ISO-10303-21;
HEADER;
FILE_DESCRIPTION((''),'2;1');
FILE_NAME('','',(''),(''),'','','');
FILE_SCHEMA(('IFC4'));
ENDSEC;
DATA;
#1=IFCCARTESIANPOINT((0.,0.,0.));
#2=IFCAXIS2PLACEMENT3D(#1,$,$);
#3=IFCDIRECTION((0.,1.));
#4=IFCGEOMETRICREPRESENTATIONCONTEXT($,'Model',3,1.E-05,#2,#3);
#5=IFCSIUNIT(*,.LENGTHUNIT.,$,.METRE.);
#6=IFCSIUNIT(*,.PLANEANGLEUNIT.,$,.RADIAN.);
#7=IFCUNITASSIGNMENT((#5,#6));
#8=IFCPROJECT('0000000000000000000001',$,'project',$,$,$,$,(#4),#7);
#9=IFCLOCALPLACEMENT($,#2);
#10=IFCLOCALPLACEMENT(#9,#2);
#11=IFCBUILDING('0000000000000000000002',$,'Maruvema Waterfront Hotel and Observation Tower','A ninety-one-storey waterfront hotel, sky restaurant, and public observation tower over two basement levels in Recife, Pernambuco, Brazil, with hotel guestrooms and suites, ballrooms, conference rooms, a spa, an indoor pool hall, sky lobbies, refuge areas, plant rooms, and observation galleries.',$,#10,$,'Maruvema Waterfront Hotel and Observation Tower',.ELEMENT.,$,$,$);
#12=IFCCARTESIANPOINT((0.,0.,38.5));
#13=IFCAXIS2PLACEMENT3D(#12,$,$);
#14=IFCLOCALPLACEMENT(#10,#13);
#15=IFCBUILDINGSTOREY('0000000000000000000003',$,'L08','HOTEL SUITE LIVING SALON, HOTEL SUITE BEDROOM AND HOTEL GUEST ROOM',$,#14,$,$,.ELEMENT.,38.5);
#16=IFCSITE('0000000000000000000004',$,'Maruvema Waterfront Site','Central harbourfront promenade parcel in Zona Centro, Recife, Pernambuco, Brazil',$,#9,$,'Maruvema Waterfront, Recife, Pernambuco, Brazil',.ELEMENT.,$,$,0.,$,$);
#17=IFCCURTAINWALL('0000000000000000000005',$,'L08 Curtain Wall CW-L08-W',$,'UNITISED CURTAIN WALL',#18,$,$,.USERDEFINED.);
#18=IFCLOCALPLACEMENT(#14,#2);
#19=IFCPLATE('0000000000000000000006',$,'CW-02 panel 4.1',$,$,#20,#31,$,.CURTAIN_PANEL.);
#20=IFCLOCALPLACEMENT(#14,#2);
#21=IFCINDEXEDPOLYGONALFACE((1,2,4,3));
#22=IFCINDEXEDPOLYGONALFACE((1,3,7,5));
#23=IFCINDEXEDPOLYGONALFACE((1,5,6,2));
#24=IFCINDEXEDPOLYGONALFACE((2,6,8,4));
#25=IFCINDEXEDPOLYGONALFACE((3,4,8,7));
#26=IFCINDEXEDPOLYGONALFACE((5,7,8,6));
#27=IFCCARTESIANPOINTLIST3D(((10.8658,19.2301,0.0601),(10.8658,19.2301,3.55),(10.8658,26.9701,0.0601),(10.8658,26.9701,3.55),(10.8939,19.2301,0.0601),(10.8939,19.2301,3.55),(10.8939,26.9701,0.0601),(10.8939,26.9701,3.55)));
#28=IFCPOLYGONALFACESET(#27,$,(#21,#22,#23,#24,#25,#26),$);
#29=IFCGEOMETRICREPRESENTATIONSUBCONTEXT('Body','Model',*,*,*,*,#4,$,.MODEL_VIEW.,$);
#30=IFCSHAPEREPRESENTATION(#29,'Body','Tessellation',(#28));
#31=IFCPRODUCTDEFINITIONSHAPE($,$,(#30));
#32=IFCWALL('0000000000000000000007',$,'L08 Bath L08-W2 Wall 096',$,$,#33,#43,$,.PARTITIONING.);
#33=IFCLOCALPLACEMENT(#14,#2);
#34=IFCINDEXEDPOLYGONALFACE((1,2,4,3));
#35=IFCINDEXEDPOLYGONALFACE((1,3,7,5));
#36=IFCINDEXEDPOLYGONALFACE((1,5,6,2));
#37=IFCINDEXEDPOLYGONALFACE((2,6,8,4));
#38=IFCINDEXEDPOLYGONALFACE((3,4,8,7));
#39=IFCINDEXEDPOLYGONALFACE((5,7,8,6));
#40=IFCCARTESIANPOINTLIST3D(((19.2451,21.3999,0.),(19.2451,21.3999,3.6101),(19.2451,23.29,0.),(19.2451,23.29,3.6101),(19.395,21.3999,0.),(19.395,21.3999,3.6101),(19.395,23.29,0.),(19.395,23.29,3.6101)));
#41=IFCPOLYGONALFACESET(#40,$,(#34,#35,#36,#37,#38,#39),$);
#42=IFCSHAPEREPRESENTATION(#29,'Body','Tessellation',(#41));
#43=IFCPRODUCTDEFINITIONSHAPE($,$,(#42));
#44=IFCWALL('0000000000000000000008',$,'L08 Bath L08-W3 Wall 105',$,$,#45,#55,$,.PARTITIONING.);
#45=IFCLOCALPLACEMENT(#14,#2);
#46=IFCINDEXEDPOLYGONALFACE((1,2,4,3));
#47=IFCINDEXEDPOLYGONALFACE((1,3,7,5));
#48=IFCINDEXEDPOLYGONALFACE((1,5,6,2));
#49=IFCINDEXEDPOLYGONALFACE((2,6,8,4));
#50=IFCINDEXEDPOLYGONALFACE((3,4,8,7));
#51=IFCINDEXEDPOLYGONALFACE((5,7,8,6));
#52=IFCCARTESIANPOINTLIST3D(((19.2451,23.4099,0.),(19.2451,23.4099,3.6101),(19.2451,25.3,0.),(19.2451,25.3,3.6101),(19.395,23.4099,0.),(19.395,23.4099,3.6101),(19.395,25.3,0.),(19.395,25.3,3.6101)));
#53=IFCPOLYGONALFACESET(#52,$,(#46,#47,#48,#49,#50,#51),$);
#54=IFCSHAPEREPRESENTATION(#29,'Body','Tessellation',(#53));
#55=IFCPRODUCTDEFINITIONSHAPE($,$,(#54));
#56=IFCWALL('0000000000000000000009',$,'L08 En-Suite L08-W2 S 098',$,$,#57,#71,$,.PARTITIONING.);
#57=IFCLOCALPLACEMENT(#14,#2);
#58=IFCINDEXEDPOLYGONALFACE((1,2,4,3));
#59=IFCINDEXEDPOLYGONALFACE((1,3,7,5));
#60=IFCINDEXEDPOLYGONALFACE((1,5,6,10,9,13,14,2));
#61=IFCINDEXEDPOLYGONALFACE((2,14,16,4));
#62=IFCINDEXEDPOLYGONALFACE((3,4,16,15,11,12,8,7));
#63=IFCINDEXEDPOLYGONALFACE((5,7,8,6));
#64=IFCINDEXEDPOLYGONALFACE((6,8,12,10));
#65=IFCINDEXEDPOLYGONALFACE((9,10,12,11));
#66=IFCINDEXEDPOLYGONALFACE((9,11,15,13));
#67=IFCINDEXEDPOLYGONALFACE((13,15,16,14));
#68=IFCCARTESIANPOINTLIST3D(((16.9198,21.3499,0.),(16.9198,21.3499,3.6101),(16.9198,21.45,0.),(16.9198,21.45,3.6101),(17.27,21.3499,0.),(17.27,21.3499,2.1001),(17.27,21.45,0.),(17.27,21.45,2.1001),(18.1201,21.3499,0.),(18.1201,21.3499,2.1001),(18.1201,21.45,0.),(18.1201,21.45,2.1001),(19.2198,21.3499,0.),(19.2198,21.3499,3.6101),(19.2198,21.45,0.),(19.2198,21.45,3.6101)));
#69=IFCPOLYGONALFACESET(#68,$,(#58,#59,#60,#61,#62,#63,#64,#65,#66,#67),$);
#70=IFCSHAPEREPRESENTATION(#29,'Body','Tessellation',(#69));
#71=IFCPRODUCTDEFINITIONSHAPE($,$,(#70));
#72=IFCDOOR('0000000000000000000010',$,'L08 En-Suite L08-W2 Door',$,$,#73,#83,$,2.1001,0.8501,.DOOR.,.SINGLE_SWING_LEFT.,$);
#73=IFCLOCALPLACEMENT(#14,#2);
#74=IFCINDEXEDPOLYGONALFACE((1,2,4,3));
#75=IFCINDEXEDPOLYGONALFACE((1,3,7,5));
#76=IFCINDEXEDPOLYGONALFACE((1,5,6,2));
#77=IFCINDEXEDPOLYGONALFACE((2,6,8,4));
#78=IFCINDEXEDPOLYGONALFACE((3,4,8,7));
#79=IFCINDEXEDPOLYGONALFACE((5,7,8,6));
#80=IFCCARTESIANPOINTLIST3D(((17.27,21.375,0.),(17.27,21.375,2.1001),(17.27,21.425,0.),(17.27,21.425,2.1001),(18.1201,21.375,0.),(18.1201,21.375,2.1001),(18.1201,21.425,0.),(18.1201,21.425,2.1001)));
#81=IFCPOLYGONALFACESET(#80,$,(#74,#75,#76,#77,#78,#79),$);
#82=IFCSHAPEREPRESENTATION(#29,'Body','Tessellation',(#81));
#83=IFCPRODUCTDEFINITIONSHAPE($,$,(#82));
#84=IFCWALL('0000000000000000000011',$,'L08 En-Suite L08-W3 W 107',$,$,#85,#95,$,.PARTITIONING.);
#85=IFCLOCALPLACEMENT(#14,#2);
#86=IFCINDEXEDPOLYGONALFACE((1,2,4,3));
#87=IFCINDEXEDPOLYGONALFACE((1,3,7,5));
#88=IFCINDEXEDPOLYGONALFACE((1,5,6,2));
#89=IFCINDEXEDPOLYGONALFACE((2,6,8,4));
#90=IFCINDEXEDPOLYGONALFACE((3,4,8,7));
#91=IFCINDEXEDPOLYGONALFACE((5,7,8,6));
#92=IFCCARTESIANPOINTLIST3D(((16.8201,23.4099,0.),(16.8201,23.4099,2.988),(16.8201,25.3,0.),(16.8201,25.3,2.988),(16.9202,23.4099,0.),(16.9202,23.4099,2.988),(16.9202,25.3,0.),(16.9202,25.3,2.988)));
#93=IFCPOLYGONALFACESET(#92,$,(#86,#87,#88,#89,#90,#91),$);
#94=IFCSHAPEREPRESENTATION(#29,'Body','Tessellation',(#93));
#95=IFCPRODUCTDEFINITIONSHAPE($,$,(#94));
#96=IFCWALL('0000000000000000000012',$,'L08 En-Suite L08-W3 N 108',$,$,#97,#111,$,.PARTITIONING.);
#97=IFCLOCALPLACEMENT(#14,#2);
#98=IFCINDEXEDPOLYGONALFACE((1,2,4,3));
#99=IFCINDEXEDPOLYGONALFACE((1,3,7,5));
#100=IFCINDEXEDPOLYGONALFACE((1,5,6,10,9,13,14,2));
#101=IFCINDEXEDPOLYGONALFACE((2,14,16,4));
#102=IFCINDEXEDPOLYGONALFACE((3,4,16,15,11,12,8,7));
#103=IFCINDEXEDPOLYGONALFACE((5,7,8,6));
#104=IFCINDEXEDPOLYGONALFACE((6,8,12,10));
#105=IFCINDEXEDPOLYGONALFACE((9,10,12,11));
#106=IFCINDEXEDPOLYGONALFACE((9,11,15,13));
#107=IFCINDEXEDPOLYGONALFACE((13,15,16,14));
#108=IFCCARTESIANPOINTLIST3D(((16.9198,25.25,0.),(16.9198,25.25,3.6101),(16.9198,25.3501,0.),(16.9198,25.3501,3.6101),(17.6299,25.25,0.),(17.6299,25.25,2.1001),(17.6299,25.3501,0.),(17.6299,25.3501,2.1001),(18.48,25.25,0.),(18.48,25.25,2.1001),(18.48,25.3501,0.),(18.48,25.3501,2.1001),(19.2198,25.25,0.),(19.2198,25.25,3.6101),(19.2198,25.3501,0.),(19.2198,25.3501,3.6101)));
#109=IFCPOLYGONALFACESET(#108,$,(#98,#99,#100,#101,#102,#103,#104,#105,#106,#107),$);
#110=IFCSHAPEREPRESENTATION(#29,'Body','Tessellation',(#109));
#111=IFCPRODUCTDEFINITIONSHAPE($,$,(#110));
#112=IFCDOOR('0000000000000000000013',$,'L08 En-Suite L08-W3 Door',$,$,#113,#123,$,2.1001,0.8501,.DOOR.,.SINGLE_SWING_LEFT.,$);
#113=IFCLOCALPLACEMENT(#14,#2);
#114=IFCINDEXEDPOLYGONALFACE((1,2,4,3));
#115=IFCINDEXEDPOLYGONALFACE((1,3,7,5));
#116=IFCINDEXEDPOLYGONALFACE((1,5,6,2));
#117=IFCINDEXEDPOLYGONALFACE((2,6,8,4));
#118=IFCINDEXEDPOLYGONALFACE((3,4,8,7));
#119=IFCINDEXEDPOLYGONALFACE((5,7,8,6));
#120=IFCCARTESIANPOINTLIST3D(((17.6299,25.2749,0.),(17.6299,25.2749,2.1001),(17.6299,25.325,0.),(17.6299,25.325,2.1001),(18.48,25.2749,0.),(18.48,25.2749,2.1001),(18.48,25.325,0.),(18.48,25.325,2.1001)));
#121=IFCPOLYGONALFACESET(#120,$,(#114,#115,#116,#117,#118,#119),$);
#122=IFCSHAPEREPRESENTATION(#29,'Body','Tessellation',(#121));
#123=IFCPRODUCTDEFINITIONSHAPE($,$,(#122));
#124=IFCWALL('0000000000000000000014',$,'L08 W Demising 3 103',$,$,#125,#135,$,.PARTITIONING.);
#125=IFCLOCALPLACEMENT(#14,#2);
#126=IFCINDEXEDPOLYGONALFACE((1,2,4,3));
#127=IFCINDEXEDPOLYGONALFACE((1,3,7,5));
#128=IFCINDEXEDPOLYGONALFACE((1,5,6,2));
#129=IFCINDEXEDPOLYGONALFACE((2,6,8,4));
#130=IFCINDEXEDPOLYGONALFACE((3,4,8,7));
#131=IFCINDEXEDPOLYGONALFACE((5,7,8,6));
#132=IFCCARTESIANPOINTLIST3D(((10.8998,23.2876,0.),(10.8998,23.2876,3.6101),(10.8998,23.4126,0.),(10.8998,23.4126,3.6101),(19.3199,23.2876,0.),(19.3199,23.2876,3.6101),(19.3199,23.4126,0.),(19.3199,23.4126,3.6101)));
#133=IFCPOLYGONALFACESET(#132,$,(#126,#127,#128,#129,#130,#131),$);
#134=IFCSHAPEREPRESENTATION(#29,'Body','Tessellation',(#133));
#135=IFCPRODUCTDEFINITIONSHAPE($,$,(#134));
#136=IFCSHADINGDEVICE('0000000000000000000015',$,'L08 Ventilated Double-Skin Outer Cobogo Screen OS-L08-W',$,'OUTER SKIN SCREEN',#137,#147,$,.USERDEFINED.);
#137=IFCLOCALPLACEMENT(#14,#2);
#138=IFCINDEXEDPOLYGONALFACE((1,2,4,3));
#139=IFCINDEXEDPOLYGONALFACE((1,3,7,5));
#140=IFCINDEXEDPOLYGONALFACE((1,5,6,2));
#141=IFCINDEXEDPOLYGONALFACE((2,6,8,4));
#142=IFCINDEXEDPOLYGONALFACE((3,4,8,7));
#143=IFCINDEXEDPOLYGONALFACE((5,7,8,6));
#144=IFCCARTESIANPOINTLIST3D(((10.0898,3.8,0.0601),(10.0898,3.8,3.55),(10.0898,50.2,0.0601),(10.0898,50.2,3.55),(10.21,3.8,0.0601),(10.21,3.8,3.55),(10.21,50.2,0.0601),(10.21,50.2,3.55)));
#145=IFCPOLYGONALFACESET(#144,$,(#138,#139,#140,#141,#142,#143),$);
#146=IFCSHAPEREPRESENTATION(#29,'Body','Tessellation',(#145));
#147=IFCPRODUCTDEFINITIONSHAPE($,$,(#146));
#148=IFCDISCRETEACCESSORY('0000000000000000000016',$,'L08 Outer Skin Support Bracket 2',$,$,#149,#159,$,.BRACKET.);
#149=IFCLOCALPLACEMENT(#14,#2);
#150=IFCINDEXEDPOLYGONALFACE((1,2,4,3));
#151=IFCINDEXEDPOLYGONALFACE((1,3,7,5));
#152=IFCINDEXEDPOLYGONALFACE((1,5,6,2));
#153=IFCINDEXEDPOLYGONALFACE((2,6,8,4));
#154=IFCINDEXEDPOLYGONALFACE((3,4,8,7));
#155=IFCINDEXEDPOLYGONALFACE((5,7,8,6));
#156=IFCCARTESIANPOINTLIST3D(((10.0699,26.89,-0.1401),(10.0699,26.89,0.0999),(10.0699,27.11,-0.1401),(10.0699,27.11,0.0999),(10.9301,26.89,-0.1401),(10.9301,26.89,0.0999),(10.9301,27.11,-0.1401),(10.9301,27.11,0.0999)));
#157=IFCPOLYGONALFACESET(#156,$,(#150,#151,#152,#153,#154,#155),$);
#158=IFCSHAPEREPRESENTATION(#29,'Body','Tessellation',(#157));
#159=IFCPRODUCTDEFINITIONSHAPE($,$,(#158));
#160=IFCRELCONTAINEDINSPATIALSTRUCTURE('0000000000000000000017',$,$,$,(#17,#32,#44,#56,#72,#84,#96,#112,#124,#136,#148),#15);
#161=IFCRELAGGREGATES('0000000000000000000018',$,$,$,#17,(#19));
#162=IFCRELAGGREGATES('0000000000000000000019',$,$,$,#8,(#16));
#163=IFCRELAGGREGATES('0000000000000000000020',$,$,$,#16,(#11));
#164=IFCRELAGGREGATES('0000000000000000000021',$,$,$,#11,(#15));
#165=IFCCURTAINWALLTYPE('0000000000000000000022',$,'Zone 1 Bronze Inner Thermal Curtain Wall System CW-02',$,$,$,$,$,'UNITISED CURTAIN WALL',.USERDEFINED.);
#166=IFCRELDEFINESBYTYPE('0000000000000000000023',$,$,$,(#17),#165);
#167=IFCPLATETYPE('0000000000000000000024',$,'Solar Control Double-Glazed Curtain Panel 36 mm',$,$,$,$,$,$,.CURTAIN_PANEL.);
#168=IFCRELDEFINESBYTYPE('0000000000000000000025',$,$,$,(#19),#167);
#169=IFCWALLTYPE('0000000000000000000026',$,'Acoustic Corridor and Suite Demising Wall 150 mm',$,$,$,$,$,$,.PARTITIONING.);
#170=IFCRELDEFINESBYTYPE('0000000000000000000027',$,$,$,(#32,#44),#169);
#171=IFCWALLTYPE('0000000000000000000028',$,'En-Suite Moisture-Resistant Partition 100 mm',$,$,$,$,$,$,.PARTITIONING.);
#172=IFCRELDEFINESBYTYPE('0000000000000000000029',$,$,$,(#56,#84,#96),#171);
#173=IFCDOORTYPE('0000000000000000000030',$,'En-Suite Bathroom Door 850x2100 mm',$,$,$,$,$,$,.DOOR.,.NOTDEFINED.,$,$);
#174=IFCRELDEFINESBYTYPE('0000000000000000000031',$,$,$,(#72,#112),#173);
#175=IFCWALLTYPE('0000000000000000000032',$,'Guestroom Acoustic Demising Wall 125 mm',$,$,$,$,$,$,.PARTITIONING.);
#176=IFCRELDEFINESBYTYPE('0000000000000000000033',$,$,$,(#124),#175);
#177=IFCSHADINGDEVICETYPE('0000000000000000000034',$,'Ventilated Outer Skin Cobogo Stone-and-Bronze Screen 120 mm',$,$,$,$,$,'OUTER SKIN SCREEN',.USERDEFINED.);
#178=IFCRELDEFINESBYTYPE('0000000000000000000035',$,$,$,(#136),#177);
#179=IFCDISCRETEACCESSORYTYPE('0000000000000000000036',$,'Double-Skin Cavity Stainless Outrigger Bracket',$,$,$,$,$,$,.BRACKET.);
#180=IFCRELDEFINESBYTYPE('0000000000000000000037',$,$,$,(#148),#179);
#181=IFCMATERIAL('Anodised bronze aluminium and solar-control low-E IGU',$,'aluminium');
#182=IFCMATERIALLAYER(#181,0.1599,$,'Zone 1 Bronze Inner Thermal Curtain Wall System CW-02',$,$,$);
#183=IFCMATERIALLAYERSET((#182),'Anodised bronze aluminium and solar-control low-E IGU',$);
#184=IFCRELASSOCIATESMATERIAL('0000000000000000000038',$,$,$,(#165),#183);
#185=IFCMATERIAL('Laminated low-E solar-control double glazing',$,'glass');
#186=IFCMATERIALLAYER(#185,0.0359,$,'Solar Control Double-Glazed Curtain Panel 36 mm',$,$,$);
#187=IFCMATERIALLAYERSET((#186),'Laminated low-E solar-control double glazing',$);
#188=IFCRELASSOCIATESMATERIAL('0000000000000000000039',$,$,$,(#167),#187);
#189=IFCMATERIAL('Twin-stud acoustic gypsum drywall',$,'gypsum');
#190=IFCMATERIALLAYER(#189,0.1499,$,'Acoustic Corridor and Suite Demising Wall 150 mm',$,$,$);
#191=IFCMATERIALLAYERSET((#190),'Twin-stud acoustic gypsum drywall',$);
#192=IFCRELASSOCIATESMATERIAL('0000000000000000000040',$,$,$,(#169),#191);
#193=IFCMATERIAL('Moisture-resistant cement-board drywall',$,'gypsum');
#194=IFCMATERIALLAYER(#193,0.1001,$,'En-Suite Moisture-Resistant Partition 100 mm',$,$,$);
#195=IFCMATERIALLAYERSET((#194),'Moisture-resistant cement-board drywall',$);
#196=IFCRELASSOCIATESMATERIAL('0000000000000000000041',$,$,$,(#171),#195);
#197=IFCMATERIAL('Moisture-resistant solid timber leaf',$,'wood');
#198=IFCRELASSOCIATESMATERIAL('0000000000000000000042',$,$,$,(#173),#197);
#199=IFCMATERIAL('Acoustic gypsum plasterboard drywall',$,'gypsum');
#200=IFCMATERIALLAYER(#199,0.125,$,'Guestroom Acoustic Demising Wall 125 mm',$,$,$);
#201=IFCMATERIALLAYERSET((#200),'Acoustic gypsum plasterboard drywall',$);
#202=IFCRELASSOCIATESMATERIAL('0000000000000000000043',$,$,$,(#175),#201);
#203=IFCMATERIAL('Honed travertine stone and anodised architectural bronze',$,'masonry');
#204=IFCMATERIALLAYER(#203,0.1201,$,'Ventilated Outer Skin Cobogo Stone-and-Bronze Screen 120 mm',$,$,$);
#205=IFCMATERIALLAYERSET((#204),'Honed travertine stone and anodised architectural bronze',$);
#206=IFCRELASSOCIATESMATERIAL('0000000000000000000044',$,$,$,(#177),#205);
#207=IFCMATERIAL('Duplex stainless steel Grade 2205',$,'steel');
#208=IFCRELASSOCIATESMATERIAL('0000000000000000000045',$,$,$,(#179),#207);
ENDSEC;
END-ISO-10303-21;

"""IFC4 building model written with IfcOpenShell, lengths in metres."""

from ifc_helpers import new_model, si_unit, direction, frame, frame_2d, origin, origin_2d, place, context, subcontext, project, spatial, rectangle, extrude, material, layer, layer_set, type_object, element, fill, aggregate, save


model = new_model("IFC4")

# Units and contexts
model_context = context("Model", 3, precision=1e-05, world=origin(), true_north=direction((0.0, 1.0)))
body_context = subcontext(model_context, "Body", "Model", "MODEL_VIEW")
ifc_project = project(units=[si_unit("LENGTHUNIT", "METRE"), si_unit("PLANEANGLEUNIT", "RADIAN")], contexts=[model_context])

# Site, building, storey
site_placement = place(None, origin())
site = spatial("IfcSite", under=ifc_project, at=site_placement, Name="Maruvema Waterfront Site", Description="Central harbourfront promenade parcel in Zona Centro, Recife, Pernambuco, Brazil", LongName="Maruvema Waterfront, Recife, Pernambuco, Brazil", CompositionType="ELEMENT", RefElevation=0.0)
building_placement = place(site_placement, origin())
building = spatial("IfcBuilding", under=site, at=building_placement, Name="Maruvema Waterfront Hotel and Observation Tower", Description="A ninety-one-storey waterfront hotel, sky restaurant, and public observation tower over two basement levels in Recife, Pernambuco, Brazil, with hotel guestrooms and suites, ballrooms, conference rooms, a spa, an indoor pool hall, sky lobbies, refuge areas, plant rooms, and observation galleries.", LongName="Maruvema Waterfront Hotel and Observation Tower", CompositionType="ELEMENT")
storey_placement = place(building_placement, frame((0.0, 0.0, 38.5)))
storey = spatial("IfcBuildingStorey", under=building, at=storey_placement, Name="L08", Description="HOTEL SUITE LIVING SALON, HOTEL SUITE BEDROOM AND HOTEL GUEST ROOM", CompositionType="ELEMENT", Elevation=38.5)

# Curtain wall
ifc_material_1 = material(Name="Anodised bronze aluminium and solar-control low-E IGU", Category="aluminium")
ifc_layer_1 = layer(ifc_material_1, 0.1599, Name="Zone 1 Bronze Inner Thermal Curtain Wall System CW-02")
ifc_layer_set_1 = layer_set([ifc_layer_1], Name="Anodised bronze aluminium and solar-control low-E IGU")
curtain_wall_type = type_object("IfcCurtainWallType", Name="Zone 1 Bronze Inner Thermal Curtain Wall System CW-02", ElementType="UNITISED CURTAIN WALL", PredefinedType="USERDEFINED", material=ifc_layer_set_1)
curtain_wall_placement = place(storey_placement, origin())
curtain_wall = element("IfcCurtainWall", 1, at=curtain_wall_placement, inside=storey, type_object=curtain_wall_type, Name="L08 Curtain Wall CW-L08-W", ObjectType="UNITISED CURTAIN WALL", PredefinedType="USERDEFINED")

# Plate
ifc_material_2 = material(Name="Laminated low-E solar-control double glazing", Category="glass")
ifc_layer_2 = layer(ifc_material_2, 0.0359, Name="Solar Control Double-Glazed Curtain Panel 36 mm")
ifc_layer_set_2 = layer_set([ifc_layer_2], Name="Laminated low-E solar-control double glazing")
plate_type = type_object("IfcPlateType", Name="Solar Control Double-Glazed Curtain Panel 36 mm", PredefinedType="CURTAIN_PANEL", material=ifc_layer_set_2)
plate_placement = place(storey_placement, frame((10.8799, 23.1001, 0.0601), z_axis=(0.0, 0.0, 1.0), x_axis=(0.0, -1.0, 0.0)))
plate = element("IfcPlate", 2, at=plate_placement, type_object=plate_type, Name="CW-02 panel 4.1", PredefinedType="CURTAIN_PANEL", context=body_context, shape_type="SweptSolid", body=[
    extrude(rectangle(XDim=7.74, YDim=0.0281, at=origin_2d()), origin(), (0.0, 0.0, 1.0), 3.49),
])
aggregate(curtain_wall, [plate])

# Walls
ifc_material_3 = material(Name="Twin-stud acoustic gypsum drywall", Category="gypsum")
ifc_layer_3 = layer(ifc_material_3, 0.1499, Name="Acoustic Corridor and Suite Demising Wall 150 mm")
ifc_layer_set_3 = layer_set([ifc_layer_3], Name="Twin-stud acoustic gypsum drywall")
wall_type_1 = type_object("IfcWallType", Name="Acoustic Corridor and Suite Demising Wall 150 mm", PredefinedType="PARTITIONING", material=ifc_layer_set_3)
for number, where, z_axis, x_axis, name in (
    (3, (19.3201, 21.3999, 0.0), (0.0, 0.0, 1.0), (0.0, 1.0, 0.0), "L08 Bath L08-W2 Wall 096"),
    (4, (19.3201, 23.4099, 0.0), (0.0, 0.0, 1.0), (0.0, 1.0, 0.0), "L08 Bath L08-W3 Wall 105"),
):
    element("IfcWall", number, at=place(storey_placement, frame(where, z_axis=z_axis, x_axis=x_axis)), inside=storey, type_object=wall_type_1, Name=name, PredefinedType="PARTITIONING", context=body_context, shape_type="SweptSolid", body=[
        extrude(rectangle(XDim=1.8901, YDim=0.1499, at=frame_2d((0.9451, 0.0))), origin(), (0.0, 0.0, 1.0), 3.6101),
    ])

# Wall, opening, door
ifc_material_4 = material(Name="Moisture-resistant cement-board drywall", Category="gypsum")
ifc_layer_4 = layer(ifc_material_4, 0.1001, Name="En-Suite Moisture-Resistant Partition 100 mm")
ifc_layer_set_4 = layer_set([ifc_layer_4], Name="Moisture-resistant cement-board drywall")
wall_type_2 = type_object("IfcWallType", Name="En-Suite Moisture-Resistant Partition 100 mm", PredefinedType="PARTITIONING", material=ifc_layer_set_4)
wall_1_placement = place(storey_placement, frame((16.9199, 21.3999, 0.0), z_axis=(0.0, 0.0, 1.0), x_axis=(1.0, 0.0, 0.0)))
wall_1 = element("IfcWall", 5, at=wall_1_placement, inside=storey, type_object=wall_type_2, Name="L08 En-Suite L08-W2 S 098", PredefinedType="PARTITIONING", context=body_context, shape_type="SweptSolid", body=[
    extrude(rectangle(XDim=2.3, YDim=0.1001, at=frame_2d((1.1499, 0.0))), origin(), (0.0, 0.0, 1.0), 3.6101),
])
opening_1_placement = place(wall_1_placement, frame((0.3501, 0.0, 0.0)))
opening_1 = element("IfcOpeningElement", 6, at=opening_1_placement, cuts=wall_1, PredefinedType="OPENING", context=body_context, shape_type="SweptSolid", body=[
    extrude(rectangle(XDim=0.8501, YDim=2.1001, at=frame_2d((0.425, 1.05))), frame((0.0, 0.0601, 0.0), z_axis=(0.0, -1.0, 0.0), x_axis=(1.0, 0.0, 0.0)), (0.0, 0.0, 1.0), 0.1201),
])
ifc_material_5 = material(Name="Moisture-resistant solid timber leaf", Category="wood")
door_type = type_object("IfcDoorType", Name="En-Suite Bathroom Door 850x2100 mm", OperationType="NOTDEFINED", PredefinedType="DOOR", material=ifc_material_5)
door_1_placement = place(opening_1_placement, frame((0.8501, 0.0, 0.0), z_axis=(0.0, 0.0, 1.0), x_axis=(-1.0, 0.0, 0.0)))
door_1 = element("IfcDoor", 7, at=door_1_placement, inside=storey, type_object=door_type, Name="L08 En-Suite L08-W2 Door", OperationType="SINGLE_SWING_LEFT", OverallHeight=2.1001, OverallWidth=0.8501, PredefinedType="DOOR", context=body_context, shape_type="SweptSolid", body=[
    extrude(rectangle(XDim=0.8501, YDim=2.1001, at=frame_2d((0.425, 1.05))), frame((0.0, 0.0249, 0.0), z_axis=(0.0, -1.0, 0.0), x_axis=(1.0, 0.0, 0.0)), (0.0, 0.0, 1.0), 0.05),
])
fill(opening_1, door_1)

# Wall
wall_2_placement = place(storey_placement, frame((16.8701, 23.4099, 0.0), z_axis=(0.0, 0.0, 1.0), x_axis=(0.0, 1.0, 0.0)))
element("IfcWall", 8, at=wall_2_placement, inside=storey, type_object=wall_type_2, Name="L08 En-Suite L08-W3 W 107", PredefinedType="PARTITIONING", context=body_context, shape_type="SweptSolid", body=[
    extrude(rectangle(XDim=1.8901, YDim=0.1001, at=frame_2d((0.9451, 0.0))), origin(), (0.0, 0.0, 1.0), 2.988),
])

# Wall, opening, door
wall_3_placement = place(storey_placement, frame((16.9199, 25.3, 0.0), z_axis=(0.0, 0.0, 1.0), x_axis=(1.0, 0.0, 0.0)))
wall_3 = element("IfcWall", 9, at=wall_3_placement, inside=storey, type_object=wall_type_2, Name="L08 En-Suite L08-W3 N 108", PredefinedType="PARTITIONING", context=body_context, shape_type="SweptSolid", body=[
    extrude(rectangle(XDim=2.3, YDim=0.1001, at=frame_2d((1.1499, 0.0))), origin(), (0.0, 0.0, 1.0), 3.6101),
])
opening_2_placement = place(wall_3_placement, frame((0.71, 0.0, 0.0)))
opening_2 = element("IfcOpeningElement", 10, at=opening_2_placement, cuts=wall_3, PredefinedType="OPENING", context=body_context, shape_type="SweptSolid", body=[
    extrude(rectangle(XDim=0.8501, YDim=2.1001, at=frame_2d((0.425, 1.05))), frame((0.0, 0.0601, 0.0), z_axis=(0.0, -1.0, 0.0), x_axis=(1.0, 0.0, 0.0)), (0.0, 0.0, 1.0), 0.1201),
])
door_2_placement = place(opening_2_placement, origin())
door_2 = element("IfcDoor", 11, at=door_2_placement, inside=storey, type_object=door_type, Name="L08 En-Suite L08-W3 Door", OperationType="SINGLE_SWING_LEFT", OverallHeight=2.1001, OverallWidth=0.8501, PredefinedType="DOOR", context=body_context, shape_type="SweptSolid", body=[
    extrude(rectangle(XDim=0.8501, YDim=2.1001, at=frame_2d((0.425, 1.05))), frame((0.0, 0.0249, 0.0), z_axis=(0.0, -1.0, 0.0), x_axis=(1.0, 0.0, 0.0)), (0.0, 0.0, 1.0), 0.05),
])
fill(opening_2, door_2)

# Wall
ifc_material_6 = material(Name="Acoustic gypsum plasterboard drywall", Category="gypsum")
ifc_layer_5 = layer(ifc_material_6, 0.125, Name="Guestroom Acoustic Demising Wall 125 mm")
ifc_layer_set_5 = layer_set([ifc_layer_5], Name="Acoustic gypsum plasterboard drywall")
wall_type_3 = type_object("IfcWallType", Name="Guestroom Acoustic Demising Wall 125 mm", PredefinedType="PARTITIONING", material=ifc_layer_set_5)
wall_4_placement = place(storey_placement, frame((10.8999, 23.3501, 0.0), z_axis=(0.0, 0.0, 1.0), x_axis=(1.0, 0.0, 0.0)))
element("IfcWall", 12, at=wall_4_placement, inside=storey, type_object=wall_type_3, Name="L08 W Demising 3 103", PredefinedType="PARTITIONING", context=body_context, shape_type="SweptSolid", body=[
    extrude(rectangle(XDim=8.4202, YDim=0.125, at=frame_2d((4.21, 0.0))), origin(), (0.0, 0.0, 1.0), 3.6101),
])

# Shading device
ifc_material_7 = material(Name="Honed travertine stone and anodised architectural bronze", Category="masonry")
ifc_layer_6 = layer(ifc_material_7, 0.1201, Name="Ventilated Outer Skin Cobogo Stone-and-Bronze Screen 120 mm")
ifc_layer_set_6 = layer_set([ifc_layer_6], Name="Honed travertine stone and anodised architectural bronze")
shading_device_type = type_object("IfcShadingDeviceType", Name="Ventilated Outer Skin Cobogo Stone-and-Bronze Screen 120 mm", ElementType="OUTER SKIN SCREEN", PredefinedType="USERDEFINED", material=ifc_layer_set_6)
shading_device_placement = place(storey_placement, frame((10.1499, 27.0, 0.0601), z_axis=(0.0, 0.0, 1.0), x_axis=(0.0, -1.0, 0.0)))
element("IfcShadingDevice", 13, at=shading_device_placement, inside=storey, type_object=shading_device_type, Name="L08 Ventilated Double-Skin Outer Cobogo Screen OS-L08-W", ObjectType="OUTER SKIN SCREEN", PredefinedType="USERDEFINED", context=body_context, shape_type="SweptSolid", body=[
    extrude(rectangle(XDim=46.3999, YDim=0.1201, at=origin_2d()), origin(), (0.0, 0.0, 1.0), 3.49),
])

# Discrete accessory
ifc_material_8 = material(Name="Duplex stainless steel Grade 2205", Category="steel")
discrete_accessory_type = type_object("IfcDiscreteAccessoryType", Name="Double-Skin Cavity Stainless Outrigger Bracket", PredefinedType="BRACKET", material=ifc_material_8)
discrete_accessory_placement = place(storey_placement, frame((10.5, 27.0, -0.1401), z_axis=(0.0, 0.0, 1.0), x_axis=(0.0, -1.0, 0.0)))
element("IfcDiscreteAccessory", 14, at=discrete_accessory_placement, inside=storey, type_object=discrete_accessory_type, Name="L08 Outer Skin Support Bracket 2", PredefinedType="BRACKET", context=body_context, shape_type="SweptSolid", body=[
    extrude(rectangle(XDim=0.22, YDim=0.8601, at=origin_2d()), origin(), (0.0, 0.0, 1.0), 0.24),
])

save(model, "model.ifc")
